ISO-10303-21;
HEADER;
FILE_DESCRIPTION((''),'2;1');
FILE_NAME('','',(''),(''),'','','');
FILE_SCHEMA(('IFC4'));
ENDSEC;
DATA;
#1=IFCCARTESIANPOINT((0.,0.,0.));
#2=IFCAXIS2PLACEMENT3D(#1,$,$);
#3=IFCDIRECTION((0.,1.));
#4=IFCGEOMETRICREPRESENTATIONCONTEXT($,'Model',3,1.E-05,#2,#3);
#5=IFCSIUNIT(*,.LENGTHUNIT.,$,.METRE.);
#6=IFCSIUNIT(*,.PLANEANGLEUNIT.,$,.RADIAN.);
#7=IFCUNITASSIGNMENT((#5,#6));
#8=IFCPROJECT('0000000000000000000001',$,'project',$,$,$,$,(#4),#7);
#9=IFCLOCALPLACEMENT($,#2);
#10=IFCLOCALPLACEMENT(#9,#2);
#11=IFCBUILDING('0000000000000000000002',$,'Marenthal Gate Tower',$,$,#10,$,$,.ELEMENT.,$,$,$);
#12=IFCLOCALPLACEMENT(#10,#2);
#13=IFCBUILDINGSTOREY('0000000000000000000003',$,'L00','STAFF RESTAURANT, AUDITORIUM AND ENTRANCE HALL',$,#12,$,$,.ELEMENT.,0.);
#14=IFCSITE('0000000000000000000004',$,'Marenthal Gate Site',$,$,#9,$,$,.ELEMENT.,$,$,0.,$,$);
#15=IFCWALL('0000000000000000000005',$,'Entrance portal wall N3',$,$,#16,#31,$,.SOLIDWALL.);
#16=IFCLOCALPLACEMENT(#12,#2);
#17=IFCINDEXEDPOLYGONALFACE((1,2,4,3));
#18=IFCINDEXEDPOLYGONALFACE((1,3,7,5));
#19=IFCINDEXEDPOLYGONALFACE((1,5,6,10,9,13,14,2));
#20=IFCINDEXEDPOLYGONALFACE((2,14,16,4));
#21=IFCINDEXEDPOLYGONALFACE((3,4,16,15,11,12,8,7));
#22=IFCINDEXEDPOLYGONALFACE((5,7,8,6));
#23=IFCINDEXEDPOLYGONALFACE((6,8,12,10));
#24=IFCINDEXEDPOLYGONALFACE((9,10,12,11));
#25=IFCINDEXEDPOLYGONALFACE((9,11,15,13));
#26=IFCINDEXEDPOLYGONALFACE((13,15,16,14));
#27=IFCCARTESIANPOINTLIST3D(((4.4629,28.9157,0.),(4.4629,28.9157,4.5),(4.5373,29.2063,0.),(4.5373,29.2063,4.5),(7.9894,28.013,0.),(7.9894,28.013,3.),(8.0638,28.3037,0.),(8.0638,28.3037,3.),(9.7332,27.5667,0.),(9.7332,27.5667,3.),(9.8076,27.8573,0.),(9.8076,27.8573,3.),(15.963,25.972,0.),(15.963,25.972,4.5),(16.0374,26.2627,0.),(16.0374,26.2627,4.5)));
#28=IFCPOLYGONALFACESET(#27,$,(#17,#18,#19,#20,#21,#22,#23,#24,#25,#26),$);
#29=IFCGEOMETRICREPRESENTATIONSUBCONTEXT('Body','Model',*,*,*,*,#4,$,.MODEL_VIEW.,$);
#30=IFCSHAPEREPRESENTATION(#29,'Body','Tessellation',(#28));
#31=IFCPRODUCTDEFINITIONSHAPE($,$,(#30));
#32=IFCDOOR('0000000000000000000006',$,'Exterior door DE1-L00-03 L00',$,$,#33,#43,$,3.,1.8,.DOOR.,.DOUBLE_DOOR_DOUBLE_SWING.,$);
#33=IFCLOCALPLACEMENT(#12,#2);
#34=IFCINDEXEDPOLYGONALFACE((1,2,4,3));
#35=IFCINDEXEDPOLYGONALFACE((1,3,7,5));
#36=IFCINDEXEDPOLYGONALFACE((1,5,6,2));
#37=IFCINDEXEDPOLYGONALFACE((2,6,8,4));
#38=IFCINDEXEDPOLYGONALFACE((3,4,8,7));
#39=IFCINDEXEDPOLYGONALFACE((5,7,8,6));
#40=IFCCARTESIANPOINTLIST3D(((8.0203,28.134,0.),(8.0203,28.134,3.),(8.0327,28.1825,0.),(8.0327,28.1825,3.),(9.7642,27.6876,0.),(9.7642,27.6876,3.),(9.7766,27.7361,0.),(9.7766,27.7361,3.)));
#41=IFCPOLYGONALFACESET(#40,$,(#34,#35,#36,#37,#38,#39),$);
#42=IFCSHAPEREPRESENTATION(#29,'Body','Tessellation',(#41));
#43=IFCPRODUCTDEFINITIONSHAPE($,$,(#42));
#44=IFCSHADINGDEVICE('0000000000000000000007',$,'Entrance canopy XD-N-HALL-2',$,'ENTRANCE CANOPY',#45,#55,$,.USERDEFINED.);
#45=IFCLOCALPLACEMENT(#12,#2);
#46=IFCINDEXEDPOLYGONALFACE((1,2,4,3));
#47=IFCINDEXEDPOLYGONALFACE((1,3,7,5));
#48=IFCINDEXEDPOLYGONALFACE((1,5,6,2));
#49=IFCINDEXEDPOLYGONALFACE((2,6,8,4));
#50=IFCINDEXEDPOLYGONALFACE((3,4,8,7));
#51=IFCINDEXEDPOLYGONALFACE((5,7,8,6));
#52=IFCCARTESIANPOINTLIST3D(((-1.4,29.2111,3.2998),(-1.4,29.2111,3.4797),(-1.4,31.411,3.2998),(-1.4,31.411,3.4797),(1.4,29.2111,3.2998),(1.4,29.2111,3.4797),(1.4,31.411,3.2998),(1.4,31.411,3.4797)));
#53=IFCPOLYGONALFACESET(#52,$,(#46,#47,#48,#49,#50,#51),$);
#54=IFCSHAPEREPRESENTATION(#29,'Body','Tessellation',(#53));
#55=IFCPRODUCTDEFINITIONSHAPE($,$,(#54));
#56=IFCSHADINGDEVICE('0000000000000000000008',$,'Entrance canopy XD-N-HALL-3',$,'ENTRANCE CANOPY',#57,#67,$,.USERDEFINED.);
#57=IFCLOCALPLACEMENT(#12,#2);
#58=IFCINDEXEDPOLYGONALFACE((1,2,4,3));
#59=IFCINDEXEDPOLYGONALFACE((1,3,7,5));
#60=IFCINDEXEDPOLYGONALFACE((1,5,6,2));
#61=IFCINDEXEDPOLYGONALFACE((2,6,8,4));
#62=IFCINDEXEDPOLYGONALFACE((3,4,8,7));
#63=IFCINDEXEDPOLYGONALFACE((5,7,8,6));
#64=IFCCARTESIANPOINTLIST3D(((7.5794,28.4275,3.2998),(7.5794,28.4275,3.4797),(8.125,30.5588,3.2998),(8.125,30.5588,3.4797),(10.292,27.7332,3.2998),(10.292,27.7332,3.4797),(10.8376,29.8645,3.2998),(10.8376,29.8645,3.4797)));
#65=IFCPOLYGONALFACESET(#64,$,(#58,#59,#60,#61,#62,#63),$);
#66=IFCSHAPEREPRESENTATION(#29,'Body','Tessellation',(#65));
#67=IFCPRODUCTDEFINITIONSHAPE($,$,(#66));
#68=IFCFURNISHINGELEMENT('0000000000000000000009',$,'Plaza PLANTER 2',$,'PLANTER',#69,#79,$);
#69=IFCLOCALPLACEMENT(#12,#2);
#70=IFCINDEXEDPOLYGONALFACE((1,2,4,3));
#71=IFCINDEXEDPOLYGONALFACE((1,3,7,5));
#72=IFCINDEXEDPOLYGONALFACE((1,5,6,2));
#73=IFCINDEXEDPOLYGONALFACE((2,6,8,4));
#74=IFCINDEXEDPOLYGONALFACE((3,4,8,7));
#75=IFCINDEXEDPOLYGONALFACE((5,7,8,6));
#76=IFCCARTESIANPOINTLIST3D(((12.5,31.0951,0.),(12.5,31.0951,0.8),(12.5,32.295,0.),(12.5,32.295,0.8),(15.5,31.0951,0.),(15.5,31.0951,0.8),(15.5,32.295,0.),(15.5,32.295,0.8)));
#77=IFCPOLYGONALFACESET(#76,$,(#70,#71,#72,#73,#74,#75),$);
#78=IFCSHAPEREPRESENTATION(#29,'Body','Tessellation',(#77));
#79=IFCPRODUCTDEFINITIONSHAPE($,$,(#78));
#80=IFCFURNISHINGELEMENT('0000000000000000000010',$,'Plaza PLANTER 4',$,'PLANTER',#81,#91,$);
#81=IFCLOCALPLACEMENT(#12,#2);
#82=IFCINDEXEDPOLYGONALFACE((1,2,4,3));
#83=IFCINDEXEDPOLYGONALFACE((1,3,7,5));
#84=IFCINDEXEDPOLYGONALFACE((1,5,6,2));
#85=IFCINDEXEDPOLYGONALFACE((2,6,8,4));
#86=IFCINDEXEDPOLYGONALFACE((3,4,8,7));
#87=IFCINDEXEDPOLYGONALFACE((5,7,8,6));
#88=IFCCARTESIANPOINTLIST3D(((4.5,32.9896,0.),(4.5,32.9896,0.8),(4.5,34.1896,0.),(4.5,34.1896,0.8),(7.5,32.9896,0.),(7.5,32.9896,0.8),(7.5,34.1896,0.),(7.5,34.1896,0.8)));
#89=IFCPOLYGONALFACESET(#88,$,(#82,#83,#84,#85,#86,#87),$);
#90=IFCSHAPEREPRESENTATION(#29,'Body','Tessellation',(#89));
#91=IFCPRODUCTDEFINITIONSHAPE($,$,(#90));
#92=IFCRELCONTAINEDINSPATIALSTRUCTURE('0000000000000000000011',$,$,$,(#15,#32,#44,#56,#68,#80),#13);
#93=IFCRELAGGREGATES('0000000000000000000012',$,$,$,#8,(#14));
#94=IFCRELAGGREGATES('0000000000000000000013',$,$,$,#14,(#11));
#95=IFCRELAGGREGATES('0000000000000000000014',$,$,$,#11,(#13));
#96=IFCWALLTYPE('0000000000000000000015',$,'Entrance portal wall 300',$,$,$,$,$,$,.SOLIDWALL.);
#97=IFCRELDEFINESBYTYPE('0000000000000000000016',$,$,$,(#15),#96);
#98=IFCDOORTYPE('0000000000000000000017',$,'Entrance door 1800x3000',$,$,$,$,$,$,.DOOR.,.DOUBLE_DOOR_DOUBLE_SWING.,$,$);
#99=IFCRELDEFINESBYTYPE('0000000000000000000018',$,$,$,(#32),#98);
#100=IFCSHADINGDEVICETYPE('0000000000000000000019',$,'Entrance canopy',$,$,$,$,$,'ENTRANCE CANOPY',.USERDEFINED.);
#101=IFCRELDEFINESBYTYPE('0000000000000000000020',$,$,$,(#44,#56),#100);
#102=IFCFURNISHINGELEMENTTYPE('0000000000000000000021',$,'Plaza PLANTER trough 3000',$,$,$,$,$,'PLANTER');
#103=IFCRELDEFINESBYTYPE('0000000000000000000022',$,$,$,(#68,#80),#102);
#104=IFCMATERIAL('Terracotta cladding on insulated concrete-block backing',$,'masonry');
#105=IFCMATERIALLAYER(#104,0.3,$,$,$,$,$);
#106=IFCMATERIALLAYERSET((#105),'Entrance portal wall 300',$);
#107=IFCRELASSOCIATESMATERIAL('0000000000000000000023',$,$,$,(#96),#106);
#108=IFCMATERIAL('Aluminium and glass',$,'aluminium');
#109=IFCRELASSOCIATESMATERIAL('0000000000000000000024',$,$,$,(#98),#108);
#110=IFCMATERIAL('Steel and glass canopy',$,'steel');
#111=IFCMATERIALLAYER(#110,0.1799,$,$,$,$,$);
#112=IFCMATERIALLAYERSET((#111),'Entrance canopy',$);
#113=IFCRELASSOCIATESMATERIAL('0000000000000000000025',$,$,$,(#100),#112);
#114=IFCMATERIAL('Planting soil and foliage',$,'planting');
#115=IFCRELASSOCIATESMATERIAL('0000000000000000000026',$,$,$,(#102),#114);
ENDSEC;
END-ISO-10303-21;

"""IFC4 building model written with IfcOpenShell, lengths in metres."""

from ifc_helpers import new_model, si_unit, direction, frame, frame_2d, origin, origin_2d, place, context, subcontext, project, spatial, rectangle, extrude, material, layer, layer_set, type_object, element, fill, save


model = new_model("IFC4")

# Units and contexts
model_context = context("Model", 3, precision=1e-05, world=origin(), true_north=direction((0.0, 1.0)))
body_context = subcontext(model_context, "Body", "Model", "MODEL_VIEW")
ifc_project = project(units=[si_unit("LENGTHUNIT", "METRE"), si_unit("PLANEANGLEUNIT", "RADIAN")], contexts=[model_context])

# Site, building, storey
site_placement = place(None, origin())
site = spatial("IfcSite", under=ifc_project, at=site_placement, Name="Marenthal Gate Site", CompositionType="ELEMENT", RefElevation=0.0)
building_placement = place(site_placement, origin())
building = spatial("IfcBuilding", under=site, at=building_placement, Name="Marenthal Gate Tower", CompositionType="ELEMENT")
storey_placement = place(building_placement, origin())
storey = spatial("IfcBuildingStorey", under=building, at=storey_placement, Name="L00", Description="STAFF RESTAURANT, AUDITORIUM AND ENTRANCE HALL", CompositionType="ELEMENT", Elevation=0.0)

# Wall, opening, door
ifc_material_1 = material(Name="Terracotta cladding on insulated concrete-block backing", Category="masonry")
ifc_layer_1 = layer(ifc_material_1, 0.3)
ifc_layer_set_1 = layer_set([ifc_layer_1], Name="Entrance portal wall 300")
wall_type = type_object("IfcWallType", Name="Entrance portal wall 300", PredefinedType="SOLIDWALL", material=ifc_layer_set_1)
wall_placement = place(storey_placement, frame((4.5, 29.061, 0.0), z_axis=(0.0, 0.0, 1.0), x_axis=(0.968767, -0.247971, 0.0)))
wall = element("IfcWall", 1, at=wall_placement, inside=storey, type_object=wall_type, Name="Entrance portal wall N3", PredefinedType="SOLIDWALL", context=body_context, shape_type="SweptSolid", body=[
    extrude(rectangle(XDim=11.8708, YDim=0.3, at=frame_2d((5.9355, 0.0))), origin(), (0.0, 0.0, 1.0), 4.5),
])
opening_placement = place(wall_placement, frame((3.6404, 0.0, 0.0)))
opening = element("IfcOpeningElement", 2, at=opening_placement, cuts=wall, PredefinedType="OPENING", context=body_context, shape_type="SweptSolid", body=[
    extrude(rectangle(XDim=1.8, YDim=3.0, at=frame_2d((0.8999, 1.5))), frame((0.0, 0.1602, 0.0), z_axis=(0.0, -1.0, 0.0), x_axis=(1.0, 0.0, 0.0)), (0.0, 0.0, 1.0), 0.3201),
])
ifc_material_2 = material(Name="Aluminium and glass", Category="aluminium")
door_type = type_object("IfcDoorType", Name="Entrance door 1800x3000", OperationType="DOUBLE_DOOR_DOUBLE_SWING", PredefinedType="DOOR", material=ifc_material_2)
door_placement = place(opening_placement, origin())
door = element("IfcDoor", 3, at=door_placement, inside=storey, type_object=door_type, Name="Exterior door DE1-L00-03 L00", OperationType="DOUBLE_DOOR_DOUBLE_SWING", OverallHeight=3.0, OverallWidth=1.8, PredefinedType="DOOR", context=body_context, shape_type="SweptSolid", body=[
    extrude(rectangle(XDim=1.8, YDim=3.0, at=frame_2d((0.8999, 1.5))), frame((0.0, 0.0249, 0.0), z_axis=(0.0, -1.0, 0.0), x_axis=(1.0, 0.0, 0.0)), (0.0, 0.0, 1.0), 0.05),
])
fill(opening, door)

# Shading devices
ifc_material_3 = material(Name="Steel and glass canopy", Category="steel")
ifc_layer_2 = layer(ifc_material_3, 0.1799)
ifc_layer_set_2 = layer_set([ifc_layer_2], Name="Entrance canopy")
shading_device_type = type_object("IfcShadingDeviceType", Name="Entrance canopy", ElementType="ENTRANCE CANOPY", PredefinedType="USERDEFINED", material=ifc_layer_set_2)
for number, where, z_axis, x_axis, name in (
    (4, (0.0, 30.311, 3.2998), (0.0, 0.0, 1.0), (1.0, 0.0, 0.0), "Entrance canopy XD-N-HALL-2"),
    (5, (9.2085, 29.146, 3.2998), (0.0, 0.0, 1.0), (0.968769, -0.247965, 0.0), "Entrance canopy XD-N-HALL-3"),
):
    element("IfcShadingDevice", number, at=place(storey_placement, frame(where, z_axis=z_axis, x_axis=x_axis)), inside=storey, type_object=shading_device_type, Name=name, ObjectType="ENTRANCE CANOPY", PredefinedType="USERDEFINED", context=body_context, shape_type="SweptSolid", body=[
        extrude(rectangle(XDim=2.8, YDim=2.2, at=origin_2d()), origin(), (0.0, 0.0, 1.0), 0.1799),
    ])

# Furnishing elements
ifc_material_4 = material(Name="Planting soil and foliage", Category="planting")
furnishing_element_type = type_object("IfcFurnishingElementType", Name="Plaza PLANTER trough 3000", ElementType="PLANTER", material=ifc_material_4)
for number, where, z_axis, x_axis, name in (
    (6, (14.0, 31.6951, 0.0), (0.0, 0.0, 1.0), (1.0, 0.0, 0.0), "Plaza PLANTER 2"),
    (7, (6.0, 33.5896, 0.0), (0.0, 0.0, 1.0), (1.0, 0.0, 0.0), "Plaza PLANTER 4"),
):
    element("IfcFurnishingElement", number, at=place(storey_placement, frame(where, z_axis=z_axis, x_axis=x_axis)), inside=storey, type_object=furnishing_element_type, Name=name, ObjectType="PLANTER", context=body_context, shape_type="SweptSolid", body=[
        extrude(rectangle(XDim=3.0, YDim=1.2, at=origin_2d()), origin(), (0.0, 0.0, 1.0), 0.8),
    ])

save(model, "model.ifc")
